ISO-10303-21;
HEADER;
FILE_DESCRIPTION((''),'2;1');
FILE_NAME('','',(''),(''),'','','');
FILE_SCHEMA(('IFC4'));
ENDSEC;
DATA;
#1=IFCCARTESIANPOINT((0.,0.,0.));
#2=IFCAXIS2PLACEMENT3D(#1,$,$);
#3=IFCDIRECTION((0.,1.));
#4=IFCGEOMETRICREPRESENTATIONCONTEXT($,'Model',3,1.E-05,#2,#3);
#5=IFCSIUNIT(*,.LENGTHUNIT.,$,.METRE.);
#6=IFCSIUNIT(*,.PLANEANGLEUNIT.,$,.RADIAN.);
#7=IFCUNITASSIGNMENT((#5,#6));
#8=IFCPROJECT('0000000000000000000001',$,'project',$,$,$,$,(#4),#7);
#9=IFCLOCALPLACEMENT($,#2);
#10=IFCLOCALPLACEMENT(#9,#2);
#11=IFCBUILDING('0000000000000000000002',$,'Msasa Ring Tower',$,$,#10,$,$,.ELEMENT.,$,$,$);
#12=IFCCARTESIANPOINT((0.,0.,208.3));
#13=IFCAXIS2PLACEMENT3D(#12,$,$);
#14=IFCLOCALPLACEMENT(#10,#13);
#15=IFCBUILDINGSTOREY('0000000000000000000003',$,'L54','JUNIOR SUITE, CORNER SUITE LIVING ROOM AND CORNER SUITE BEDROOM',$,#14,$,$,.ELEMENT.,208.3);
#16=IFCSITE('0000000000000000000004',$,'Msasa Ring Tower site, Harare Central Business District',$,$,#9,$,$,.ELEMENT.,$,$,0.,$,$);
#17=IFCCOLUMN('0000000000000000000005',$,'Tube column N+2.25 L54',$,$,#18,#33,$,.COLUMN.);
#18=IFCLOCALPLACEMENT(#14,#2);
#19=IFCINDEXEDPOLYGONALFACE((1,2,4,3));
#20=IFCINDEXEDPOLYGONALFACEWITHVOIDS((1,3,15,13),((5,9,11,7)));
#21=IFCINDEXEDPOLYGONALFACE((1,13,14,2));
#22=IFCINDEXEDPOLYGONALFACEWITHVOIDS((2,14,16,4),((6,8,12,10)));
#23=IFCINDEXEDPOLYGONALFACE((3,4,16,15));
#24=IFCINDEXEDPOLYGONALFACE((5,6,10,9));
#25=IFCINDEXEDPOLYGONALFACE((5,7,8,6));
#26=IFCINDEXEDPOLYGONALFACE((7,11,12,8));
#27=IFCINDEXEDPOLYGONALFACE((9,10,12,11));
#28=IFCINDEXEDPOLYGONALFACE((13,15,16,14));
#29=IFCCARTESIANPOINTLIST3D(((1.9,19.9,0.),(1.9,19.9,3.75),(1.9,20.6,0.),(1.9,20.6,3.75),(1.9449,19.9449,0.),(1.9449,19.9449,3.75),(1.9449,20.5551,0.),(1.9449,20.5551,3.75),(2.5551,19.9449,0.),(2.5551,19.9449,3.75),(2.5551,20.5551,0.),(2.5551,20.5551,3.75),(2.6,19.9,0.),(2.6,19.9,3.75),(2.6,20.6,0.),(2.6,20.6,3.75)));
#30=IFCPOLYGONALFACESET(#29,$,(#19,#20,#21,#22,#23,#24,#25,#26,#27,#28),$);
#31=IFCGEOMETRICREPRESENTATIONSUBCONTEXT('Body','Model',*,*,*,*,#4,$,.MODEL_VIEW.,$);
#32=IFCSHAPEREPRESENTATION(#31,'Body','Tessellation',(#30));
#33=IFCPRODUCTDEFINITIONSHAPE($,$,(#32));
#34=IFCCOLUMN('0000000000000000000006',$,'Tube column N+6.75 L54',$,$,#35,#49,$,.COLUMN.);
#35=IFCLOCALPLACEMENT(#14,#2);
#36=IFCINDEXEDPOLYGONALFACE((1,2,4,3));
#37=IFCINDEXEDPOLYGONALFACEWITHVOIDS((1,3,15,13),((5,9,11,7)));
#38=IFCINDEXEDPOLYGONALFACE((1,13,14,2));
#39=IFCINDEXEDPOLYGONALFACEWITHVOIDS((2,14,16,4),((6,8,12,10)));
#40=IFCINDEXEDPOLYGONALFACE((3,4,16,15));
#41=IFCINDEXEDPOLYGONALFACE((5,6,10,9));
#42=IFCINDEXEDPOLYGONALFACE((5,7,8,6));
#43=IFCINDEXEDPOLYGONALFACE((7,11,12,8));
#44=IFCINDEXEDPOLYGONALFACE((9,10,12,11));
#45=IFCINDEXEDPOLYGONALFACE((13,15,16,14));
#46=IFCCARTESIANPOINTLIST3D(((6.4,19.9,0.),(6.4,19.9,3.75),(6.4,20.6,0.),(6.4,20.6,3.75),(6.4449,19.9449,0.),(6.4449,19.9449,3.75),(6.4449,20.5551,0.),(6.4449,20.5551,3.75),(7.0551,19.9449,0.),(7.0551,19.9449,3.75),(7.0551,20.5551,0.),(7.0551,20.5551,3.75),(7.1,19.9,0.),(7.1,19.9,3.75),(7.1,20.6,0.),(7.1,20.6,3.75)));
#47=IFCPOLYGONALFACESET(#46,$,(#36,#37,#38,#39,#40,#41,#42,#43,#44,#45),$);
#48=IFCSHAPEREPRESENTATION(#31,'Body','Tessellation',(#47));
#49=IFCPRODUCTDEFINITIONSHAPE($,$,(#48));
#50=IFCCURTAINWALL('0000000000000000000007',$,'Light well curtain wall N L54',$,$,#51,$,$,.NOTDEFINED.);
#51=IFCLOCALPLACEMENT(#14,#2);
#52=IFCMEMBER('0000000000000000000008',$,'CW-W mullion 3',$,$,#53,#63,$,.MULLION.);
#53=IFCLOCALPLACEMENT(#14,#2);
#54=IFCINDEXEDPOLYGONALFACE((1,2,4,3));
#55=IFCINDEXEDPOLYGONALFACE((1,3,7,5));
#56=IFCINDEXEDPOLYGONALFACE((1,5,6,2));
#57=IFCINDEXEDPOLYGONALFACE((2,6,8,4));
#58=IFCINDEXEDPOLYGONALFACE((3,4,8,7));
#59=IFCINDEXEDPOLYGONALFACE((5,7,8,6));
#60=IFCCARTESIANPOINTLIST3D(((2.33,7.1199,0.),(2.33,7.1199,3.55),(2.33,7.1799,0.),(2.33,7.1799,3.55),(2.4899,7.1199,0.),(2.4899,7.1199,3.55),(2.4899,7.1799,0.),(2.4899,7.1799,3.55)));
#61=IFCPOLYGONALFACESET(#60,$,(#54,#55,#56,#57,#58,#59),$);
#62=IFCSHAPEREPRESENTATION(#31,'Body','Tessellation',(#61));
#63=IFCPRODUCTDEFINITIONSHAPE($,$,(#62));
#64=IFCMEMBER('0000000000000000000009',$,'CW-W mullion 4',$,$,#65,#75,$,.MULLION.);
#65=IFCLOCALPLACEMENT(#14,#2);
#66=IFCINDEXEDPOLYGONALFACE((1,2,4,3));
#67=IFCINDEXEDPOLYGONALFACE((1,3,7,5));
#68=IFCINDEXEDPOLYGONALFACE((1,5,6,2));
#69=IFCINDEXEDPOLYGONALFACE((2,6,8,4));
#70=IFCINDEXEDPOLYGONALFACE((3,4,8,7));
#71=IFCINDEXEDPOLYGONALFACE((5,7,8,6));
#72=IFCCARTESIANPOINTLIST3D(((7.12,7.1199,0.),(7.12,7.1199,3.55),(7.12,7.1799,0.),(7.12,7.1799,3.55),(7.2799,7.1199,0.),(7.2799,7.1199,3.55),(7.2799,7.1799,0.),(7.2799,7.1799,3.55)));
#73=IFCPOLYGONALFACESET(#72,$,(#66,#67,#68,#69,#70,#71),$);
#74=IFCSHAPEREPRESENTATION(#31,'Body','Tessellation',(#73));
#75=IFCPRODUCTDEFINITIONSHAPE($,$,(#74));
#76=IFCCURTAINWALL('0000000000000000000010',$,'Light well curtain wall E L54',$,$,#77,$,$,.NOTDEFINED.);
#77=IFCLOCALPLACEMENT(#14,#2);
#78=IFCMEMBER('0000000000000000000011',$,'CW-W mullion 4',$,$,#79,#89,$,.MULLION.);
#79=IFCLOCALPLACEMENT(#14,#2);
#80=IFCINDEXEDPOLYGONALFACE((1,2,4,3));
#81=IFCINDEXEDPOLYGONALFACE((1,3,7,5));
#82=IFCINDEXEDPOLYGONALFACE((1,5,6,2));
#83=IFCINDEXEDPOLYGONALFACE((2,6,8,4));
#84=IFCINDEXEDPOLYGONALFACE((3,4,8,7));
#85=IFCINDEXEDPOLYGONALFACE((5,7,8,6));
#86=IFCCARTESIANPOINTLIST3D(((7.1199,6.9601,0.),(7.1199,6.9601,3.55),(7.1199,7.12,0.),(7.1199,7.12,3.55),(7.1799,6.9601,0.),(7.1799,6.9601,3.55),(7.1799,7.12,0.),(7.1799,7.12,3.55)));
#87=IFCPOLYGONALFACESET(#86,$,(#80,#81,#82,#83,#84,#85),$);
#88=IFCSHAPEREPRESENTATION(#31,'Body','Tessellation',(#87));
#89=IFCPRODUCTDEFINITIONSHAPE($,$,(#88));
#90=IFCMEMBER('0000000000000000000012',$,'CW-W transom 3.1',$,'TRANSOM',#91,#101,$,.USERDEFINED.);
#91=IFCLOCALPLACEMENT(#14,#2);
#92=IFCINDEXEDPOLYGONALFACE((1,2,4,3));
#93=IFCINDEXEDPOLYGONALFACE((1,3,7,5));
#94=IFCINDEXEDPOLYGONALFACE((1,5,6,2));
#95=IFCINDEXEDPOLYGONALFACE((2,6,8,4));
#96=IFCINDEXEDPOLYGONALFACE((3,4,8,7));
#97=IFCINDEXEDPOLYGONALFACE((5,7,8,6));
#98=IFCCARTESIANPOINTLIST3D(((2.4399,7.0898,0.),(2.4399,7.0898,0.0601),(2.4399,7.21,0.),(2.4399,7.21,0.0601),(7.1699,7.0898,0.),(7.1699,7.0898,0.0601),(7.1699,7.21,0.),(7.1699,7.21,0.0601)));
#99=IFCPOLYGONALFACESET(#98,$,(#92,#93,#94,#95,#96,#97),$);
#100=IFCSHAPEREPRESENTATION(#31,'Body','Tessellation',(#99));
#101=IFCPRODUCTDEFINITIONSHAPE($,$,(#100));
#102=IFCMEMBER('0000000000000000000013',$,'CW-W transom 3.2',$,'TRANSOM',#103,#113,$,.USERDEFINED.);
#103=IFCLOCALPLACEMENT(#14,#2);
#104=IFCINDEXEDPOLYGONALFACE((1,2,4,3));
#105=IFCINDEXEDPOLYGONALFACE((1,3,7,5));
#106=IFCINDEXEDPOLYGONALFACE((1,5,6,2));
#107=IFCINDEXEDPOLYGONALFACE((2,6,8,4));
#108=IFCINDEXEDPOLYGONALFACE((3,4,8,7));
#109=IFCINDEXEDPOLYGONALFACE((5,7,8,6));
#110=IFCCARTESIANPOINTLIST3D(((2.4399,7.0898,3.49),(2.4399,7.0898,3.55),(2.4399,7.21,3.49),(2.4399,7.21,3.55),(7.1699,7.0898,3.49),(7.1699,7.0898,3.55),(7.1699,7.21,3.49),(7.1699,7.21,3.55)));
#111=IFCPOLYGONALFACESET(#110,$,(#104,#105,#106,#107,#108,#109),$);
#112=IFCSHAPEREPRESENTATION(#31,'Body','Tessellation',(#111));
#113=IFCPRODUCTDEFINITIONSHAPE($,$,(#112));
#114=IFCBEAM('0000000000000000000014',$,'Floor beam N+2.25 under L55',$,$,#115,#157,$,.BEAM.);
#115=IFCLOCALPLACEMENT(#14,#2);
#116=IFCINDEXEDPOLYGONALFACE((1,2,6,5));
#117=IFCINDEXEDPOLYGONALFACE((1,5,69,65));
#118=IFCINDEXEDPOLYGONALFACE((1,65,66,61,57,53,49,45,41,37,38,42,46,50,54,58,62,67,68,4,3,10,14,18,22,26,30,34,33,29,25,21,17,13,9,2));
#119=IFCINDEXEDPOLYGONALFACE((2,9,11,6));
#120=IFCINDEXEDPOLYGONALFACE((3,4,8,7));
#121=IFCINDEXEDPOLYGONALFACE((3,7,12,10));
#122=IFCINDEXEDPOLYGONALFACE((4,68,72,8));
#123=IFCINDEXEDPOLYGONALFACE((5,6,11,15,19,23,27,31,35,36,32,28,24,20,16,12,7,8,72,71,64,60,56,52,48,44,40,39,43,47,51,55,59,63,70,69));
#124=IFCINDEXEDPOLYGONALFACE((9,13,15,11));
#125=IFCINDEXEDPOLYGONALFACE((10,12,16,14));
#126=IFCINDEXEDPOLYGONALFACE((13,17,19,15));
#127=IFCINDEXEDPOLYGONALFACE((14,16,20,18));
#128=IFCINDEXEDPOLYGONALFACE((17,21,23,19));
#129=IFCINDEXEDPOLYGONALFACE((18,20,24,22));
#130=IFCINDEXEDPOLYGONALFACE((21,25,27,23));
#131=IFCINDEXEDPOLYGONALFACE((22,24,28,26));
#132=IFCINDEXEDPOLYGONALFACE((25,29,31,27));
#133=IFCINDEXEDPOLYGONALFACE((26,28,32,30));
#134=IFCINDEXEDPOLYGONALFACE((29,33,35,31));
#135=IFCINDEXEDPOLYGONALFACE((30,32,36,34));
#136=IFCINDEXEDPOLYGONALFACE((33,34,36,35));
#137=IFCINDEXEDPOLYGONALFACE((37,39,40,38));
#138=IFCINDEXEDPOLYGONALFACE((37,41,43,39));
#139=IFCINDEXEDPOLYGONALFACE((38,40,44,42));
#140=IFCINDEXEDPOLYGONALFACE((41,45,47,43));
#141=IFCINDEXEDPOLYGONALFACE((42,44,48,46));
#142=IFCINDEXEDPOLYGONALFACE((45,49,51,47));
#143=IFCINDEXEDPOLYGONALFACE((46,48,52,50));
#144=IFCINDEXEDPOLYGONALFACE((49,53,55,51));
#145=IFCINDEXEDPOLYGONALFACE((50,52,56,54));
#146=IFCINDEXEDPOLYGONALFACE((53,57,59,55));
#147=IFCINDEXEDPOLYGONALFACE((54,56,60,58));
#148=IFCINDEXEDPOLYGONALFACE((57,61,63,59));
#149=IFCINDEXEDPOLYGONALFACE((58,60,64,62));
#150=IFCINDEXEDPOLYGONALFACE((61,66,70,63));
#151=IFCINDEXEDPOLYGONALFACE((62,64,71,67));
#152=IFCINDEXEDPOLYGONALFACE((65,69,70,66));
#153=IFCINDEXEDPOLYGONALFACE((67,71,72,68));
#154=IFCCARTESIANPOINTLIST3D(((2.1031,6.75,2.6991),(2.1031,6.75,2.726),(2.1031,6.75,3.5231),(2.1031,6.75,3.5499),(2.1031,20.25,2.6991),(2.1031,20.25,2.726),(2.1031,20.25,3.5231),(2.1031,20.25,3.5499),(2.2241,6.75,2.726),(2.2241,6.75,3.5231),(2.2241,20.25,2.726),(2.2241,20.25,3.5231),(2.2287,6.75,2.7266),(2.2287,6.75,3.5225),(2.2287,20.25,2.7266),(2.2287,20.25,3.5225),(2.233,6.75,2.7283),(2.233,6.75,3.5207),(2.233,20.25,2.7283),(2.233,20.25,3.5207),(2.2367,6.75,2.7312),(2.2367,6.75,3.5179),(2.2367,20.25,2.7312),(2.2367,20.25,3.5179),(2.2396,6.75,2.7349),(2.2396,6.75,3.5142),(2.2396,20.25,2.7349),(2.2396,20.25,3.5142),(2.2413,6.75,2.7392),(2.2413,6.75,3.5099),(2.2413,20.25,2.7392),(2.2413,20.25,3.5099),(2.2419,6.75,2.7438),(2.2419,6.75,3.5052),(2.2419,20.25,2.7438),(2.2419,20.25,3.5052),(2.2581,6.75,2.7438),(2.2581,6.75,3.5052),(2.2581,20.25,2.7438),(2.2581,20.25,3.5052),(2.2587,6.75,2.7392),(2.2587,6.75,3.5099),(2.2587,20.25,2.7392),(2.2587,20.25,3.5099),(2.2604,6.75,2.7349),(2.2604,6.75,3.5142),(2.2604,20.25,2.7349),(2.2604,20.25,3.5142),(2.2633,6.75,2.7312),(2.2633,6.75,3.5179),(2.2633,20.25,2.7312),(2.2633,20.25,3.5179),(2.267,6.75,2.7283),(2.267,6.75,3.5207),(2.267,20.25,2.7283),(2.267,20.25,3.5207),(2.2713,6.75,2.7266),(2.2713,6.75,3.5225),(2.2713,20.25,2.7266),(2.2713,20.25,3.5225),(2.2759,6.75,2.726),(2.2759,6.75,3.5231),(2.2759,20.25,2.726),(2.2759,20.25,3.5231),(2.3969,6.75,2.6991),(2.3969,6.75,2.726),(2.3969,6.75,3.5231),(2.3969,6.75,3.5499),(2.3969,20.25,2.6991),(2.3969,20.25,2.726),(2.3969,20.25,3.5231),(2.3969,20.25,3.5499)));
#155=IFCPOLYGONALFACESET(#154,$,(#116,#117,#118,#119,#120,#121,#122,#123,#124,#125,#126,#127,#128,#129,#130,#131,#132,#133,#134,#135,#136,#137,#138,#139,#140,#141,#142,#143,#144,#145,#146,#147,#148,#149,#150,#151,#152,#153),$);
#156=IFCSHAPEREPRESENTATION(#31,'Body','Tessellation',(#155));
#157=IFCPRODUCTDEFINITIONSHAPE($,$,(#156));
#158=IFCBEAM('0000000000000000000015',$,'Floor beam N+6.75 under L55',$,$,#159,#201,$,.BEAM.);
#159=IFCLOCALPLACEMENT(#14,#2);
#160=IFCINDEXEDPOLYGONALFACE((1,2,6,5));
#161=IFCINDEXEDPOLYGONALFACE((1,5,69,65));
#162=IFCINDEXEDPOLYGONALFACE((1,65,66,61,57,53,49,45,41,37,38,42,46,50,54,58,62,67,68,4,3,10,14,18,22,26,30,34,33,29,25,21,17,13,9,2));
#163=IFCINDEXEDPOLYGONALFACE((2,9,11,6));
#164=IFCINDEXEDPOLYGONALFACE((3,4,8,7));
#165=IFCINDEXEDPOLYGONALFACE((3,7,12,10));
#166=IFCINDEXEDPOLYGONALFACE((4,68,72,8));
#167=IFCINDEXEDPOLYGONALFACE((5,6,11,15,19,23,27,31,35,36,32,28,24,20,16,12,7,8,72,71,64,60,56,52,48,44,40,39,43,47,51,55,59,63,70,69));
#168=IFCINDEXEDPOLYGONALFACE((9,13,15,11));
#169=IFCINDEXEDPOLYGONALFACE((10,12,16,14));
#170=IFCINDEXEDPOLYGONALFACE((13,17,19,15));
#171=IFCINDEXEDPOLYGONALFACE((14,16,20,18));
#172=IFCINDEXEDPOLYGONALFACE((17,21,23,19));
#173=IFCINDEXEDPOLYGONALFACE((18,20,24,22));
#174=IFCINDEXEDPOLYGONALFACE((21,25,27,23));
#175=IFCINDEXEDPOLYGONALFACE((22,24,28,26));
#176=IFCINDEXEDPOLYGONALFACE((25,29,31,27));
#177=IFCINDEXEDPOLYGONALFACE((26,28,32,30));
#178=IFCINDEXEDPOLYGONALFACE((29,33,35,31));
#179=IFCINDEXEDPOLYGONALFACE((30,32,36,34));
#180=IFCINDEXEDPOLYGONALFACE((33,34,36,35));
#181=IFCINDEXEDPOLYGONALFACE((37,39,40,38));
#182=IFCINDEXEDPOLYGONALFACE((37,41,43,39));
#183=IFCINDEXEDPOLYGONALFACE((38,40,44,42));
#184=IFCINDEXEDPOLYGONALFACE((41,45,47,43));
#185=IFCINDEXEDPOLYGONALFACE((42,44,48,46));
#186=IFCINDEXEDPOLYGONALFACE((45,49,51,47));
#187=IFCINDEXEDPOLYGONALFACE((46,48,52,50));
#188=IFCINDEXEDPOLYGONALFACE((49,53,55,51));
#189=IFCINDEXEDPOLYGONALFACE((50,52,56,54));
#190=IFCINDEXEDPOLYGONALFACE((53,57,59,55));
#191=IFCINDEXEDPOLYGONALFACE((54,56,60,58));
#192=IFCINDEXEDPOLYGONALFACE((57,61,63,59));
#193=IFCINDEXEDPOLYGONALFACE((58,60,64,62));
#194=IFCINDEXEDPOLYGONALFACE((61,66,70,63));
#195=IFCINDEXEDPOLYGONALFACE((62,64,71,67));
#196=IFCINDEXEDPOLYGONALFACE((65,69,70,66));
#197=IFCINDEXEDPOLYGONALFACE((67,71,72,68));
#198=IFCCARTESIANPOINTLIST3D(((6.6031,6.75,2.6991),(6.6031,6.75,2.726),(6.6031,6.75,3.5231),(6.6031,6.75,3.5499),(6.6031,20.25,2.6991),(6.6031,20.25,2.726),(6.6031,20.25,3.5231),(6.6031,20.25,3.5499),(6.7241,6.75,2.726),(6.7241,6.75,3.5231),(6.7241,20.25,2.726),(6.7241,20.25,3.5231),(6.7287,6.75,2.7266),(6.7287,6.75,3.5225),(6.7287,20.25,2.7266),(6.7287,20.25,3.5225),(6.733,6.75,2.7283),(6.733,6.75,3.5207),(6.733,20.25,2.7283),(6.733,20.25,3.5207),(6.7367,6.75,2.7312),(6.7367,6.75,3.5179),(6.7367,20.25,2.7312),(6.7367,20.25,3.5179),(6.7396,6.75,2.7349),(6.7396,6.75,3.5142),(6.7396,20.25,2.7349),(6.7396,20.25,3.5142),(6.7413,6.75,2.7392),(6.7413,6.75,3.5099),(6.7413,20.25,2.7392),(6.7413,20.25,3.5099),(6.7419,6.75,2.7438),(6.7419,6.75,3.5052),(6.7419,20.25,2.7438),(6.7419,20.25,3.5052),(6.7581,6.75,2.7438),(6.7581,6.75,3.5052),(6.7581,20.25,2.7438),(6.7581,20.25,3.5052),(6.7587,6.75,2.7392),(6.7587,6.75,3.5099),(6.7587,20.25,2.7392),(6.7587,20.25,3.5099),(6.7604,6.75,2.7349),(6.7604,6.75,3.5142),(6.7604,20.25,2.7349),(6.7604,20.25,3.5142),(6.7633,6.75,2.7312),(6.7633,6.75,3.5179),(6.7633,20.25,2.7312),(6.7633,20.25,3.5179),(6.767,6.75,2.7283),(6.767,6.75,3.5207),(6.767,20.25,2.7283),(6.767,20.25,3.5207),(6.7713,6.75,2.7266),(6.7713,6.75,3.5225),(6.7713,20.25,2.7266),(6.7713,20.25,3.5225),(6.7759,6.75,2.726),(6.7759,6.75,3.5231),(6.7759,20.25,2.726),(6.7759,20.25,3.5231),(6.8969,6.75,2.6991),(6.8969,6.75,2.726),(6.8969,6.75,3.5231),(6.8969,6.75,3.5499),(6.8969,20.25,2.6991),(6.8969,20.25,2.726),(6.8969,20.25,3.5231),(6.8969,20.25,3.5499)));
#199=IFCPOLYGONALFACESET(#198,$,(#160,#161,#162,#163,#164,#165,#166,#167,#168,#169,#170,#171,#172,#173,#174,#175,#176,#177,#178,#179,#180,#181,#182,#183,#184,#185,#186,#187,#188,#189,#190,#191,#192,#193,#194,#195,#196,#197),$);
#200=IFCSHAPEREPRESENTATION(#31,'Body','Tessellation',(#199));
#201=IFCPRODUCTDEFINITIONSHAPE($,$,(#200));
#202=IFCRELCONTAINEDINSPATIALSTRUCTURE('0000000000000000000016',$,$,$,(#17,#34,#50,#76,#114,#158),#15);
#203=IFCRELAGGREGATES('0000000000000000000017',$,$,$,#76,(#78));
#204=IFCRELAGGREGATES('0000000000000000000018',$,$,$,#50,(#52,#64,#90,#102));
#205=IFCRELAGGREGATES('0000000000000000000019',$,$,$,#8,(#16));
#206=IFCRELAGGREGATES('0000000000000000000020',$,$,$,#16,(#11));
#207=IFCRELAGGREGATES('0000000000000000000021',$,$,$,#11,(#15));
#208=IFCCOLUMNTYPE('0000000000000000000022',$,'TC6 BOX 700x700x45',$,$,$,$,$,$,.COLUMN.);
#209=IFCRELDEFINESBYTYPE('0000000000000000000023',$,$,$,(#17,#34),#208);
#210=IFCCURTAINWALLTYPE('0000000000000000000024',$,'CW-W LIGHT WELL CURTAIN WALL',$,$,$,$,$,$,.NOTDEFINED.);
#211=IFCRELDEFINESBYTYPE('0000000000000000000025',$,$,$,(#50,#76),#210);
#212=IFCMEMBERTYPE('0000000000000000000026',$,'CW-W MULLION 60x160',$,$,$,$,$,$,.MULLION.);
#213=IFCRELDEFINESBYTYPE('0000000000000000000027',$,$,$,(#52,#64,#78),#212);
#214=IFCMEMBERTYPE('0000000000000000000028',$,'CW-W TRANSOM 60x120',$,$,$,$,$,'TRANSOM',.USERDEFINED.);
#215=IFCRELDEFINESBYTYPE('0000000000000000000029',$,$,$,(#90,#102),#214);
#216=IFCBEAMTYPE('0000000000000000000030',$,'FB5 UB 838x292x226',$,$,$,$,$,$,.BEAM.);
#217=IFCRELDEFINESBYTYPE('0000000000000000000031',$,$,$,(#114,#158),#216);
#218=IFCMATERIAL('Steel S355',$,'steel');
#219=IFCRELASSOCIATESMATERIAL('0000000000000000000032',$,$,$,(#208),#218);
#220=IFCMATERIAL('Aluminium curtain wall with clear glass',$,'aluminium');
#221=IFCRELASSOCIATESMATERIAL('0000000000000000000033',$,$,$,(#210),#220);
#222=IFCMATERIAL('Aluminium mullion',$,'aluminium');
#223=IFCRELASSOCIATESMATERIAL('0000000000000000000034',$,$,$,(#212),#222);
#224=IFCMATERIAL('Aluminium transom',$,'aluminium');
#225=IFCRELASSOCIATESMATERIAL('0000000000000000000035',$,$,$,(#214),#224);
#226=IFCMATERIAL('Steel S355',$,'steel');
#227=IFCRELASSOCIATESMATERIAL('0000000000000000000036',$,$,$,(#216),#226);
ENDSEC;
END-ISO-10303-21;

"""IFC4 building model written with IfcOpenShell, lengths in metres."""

from ifc_helpers import new_model, si_unit, direction, frame, origin, origin_2d, place, context, subcontext, project, spatial, rectangle, hollow_rectangle, i_section, extrude, material, material_profile, profile_set, type_object, element, aggregate, save


model = new_model("IFC4")

# Units and contexts
model_context = context("Model", 3, precision=1e-05, world=origin(), true_north=direction((0.0, 1.0)))
body_context = subcontext(model_context, "Body", "Model", "MODEL_VIEW")
ifc_project = project(units=[si_unit("LENGTHUNIT", "METRE"), si_unit("PLANEANGLEUNIT", "RADIAN")], contexts=[model_context])

# Site, building, storey
site_placement = place(None, origin())
site = spatial("IfcSite", under=ifc_project, at=site_placement, Name="Msasa Ring Tower site, Harare Central Business District", CompositionType="ELEMENT", RefElevation=0.0)
building_placement = place(site_placement, origin())
building = spatial("IfcBuilding", under=site, at=building_placement, Name="Msasa Ring Tower", CompositionType="ELEMENT")
storey_placement = place(building_placement, frame((0.0, 0.0, 208.3)))
storey = spatial("IfcBuildingStorey", under=building, at=storey_placement, Name="L54", Description="JUNIOR SUITE, CORNER SUITE LIVING ROOM AND CORNER SUITE BEDROOM", CompositionType="ELEMENT", Elevation=208.3)

# Columns
ifc_material_1 = material(Name="Steel S355", Category="steel")
ifc_material_profile_1 = material_profile(ifc_material_1, hollow_rectangle(XDim=0.7, YDim=0.7, WallThickness=0.0449, at=origin_2d()), Name="BOX 700x700x45")
ifc_profile_set_1 = profile_set([ifc_material_profile_1], Name="Steel S355")
column_type = type_object("IfcColumnType", Name="TC6 BOX 700x700x45", PredefinedType="COLUMN", material=ifc_profile_set_1)
for number, where, z_axis, x_axis, name in (
    (1, (2.25, 20.25, 0.0), (0.0, 0.0, 1.0), (0.0, 1.0, 0.0), "Tube column N+2.25 L54"),
    (2, (6.75, 20.25, 0.0), (0.0, 0.0, 1.0), (0.0, 1.0, 0.0), "Tube column N+6.75 L54"),
):
    element("IfcColumn", number, at=place(storey_placement, frame(where, z_axis=z_axis, x_axis=x_axis)), inside=storey, type_object=column_type, Name=name, PredefinedType="COLUMN", context=body_context, shape_type="SweptSolid", body=[
        extrude(hollow_rectangle(XDim=0.7, YDim=0.7, WallThickness=0.0449, at=origin_2d()), origin(), (0.0, 0.0, 1.0), 3.75),
    ])

# Curtain wall, members
ifc_material_2 = material(Name="Aluminium curtain wall with clear glass", Category="aluminium")
curtain_wall_type = type_object("IfcCurtainWallType", Name="CW-W LIGHT WELL CURTAIN WALL", PredefinedType="NOTDEFINED", material=ifc_material_2)
curtain_wall_1_placement = place(storey_placement, origin())
curtain_wall_1 = element("IfcCurtainWall", 3, at=curtain_wall_1_placement, inside=storey, type_object=curtain_wall_type, Name="Light well curtain wall N L54", PredefinedType="NOTDEFINED")
ifc_material_3 = material(Name="Aluminium mullion", Category="aluminium")
ifc_material_profile_2 = material_profile(ifc_material_3, rectangle(XDim=0.0601, YDim=0.1599, at=origin_2d()), Name="AL 60x160")
ifc_profile_set_2 = profile_set([ifc_material_profile_2], Name="Aluminium mullion")
member_type_1 = type_object("IfcMemberType", Name="CW-W MULLION 60x160", PredefinedType="MULLION", material=ifc_profile_set_2)
member_1_placement = place(storey_placement, frame((2.4099, 7.1499, 0.0), z_axis=(0.0, 0.0, 1.0), x_axis=(0.0, 1.0, 0.0)))
member_1 = element("IfcMember", 4, at=member_1_placement, type_object=member_type_1, Name="CW-W mullion 3", PredefinedType="MULLION", context=body_context, shape_type="SweptSolid", body=[
    extrude(rectangle(XDim=0.0601, YDim=0.1599, at=origin_2d()), origin(), (0.0, 0.0, 1.0), 3.55),
])
member_2_placement = place(storey_placement, frame((7.2, 7.1499, 0.0), z_axis=(0.0, 0.0, 1.0), x_axis=(0.0, 1.0, 0.0)))
member_2 = element("IfcMember", 5, at=member_2_placement, type_object=member_type_1, Name="CW-W mullion 4", PredefinedType="MULLION", context=body_context, shape_type="SweptSolid", body=[
    extrude(rectangle(XDim=0.0601, YDim=0.1599, at=origin_2d()), origin(), (0.0, 0.0, 1.0), 3.55),
])

# Curtain wall, member
curtain_wall_2_placement = place(storey_placement, origin())
curtain_wall_2 = element("IfcCurtainWall", 6, at=curtain_wall_2_placement, inside=storey, type_object=curtain_wall_type, Name="Light well curtain wall E L54", PredefinedType="NOTDEFINED")
member_3_placement = place(storey_placement, frame((7.1499, 7.04, 0.0), z_axis=(0.0, 0.0, 1.0), x_axis=(-1.0, 0.0, 0.0)))
member_3 = element("IfcMember", 7, at=member_3_placement, type_object=member_type_1, Name="CW-W mullion 4", PredefinedType="MULLION", context=body_context, shape_type="SweptSolid", body=[
    extrude(rectangle(XDim=0.0601, YDim=0.1599, at=origin_2d()), origin(), (0.0, 0.0, 1.0), 3.55),
])
aggregate(curtain_wall_2, [member_3])

# Members
ifc_material_4 = material(Name="Aluminium transom", Category="aluminium")
ifc_material_profile_3 = material_profile(ifc_material_4, rectangle(XDim=0.1201, YDim=0.0601, at=origin_2d()), Name="AL 60x120")
ifc_profile_set_3 = profile_set([ifc_material_profile_3], Name="Aluminium transom")
member_type_2 = type_object("IfcMemberType", Name="CW-W TRANSOM 60x120", ElementType="TRANSOM", PredefinedType="USERDEFINED", material=ifc_profile_set_3)
member_4_placement = place(storey_placement, frame((2.4399, 7.1499, 0.03), z_axis=(1.0, 0.0, 0.0), x_axis=(0.0, 1.0, 0.0)))
member_4 = element("IfcMember", 8, at=member_4_placement, type_object=member_type_2, Name="CW-W transom 3.1", ObjectType="TRANSOM", PredefinedType="USERDEFINED", context=body_context, shape_type="SweptSolid", body=[
    extrude(rectangle(XDim=0.1201, YDim=0.0601, at=origin_2d()), origin(), (0.0, 0.0, 1.0), 4.73),
])
member_5_placement = place(storey_placement, frame((2.4399, 7.1499, 3.52), z_axis=(1.0, 0.0, 0.0), x_axis=(0.0, 1.0, 0.0)))
member_5 = element("IfcMember", 9, at=member_5_placement, type_object=member_type_2, Name="CW-W transom 3.2", ObjectType="TRANSOM", PredefinedType="USERDEFINED", context=body_context, shape_type="SweptSolid", body=[
    extrude(rectangle(XDim=0.1201, YDim=0.0601, at=origin_2d()), origin(), (0.0, 0.0, 1.0), 4.73),
])

# Beams
ifc_material_5 = material(Name="Steel S355", Category="steel")
ifc_material_profile_4 = material_profile(ifc_material_5, i_section(OverallWidth=0.2937, OverallDepth=0.8508, WebThickness=0.0161, FlangeThickness=0.0269, FilletRadius=0.0178, at=origin_2d()), Name="UB 838x292x226")
ifc_profile_set_4 = profile_set([ifc_material_profile_4], Name="Steel S355")
beam_type_1 = type_object("IfcBeamType", Name="FB5 UB 838x292x226", PredefinedType="BEAM", material=ifc_profile_set_4)
for number, where, z_axis, x_axis, name in (
    (10, (2.25, 20.25, 3.1245), (0.0, -1.0, 0.0), (1.0, 0.0, 0.0), "Floor beam N+2.25 under L55"),
    (11, (6.75, 20.25, 3.1245), (0.0, -1.0, 0.0), (1.0, 0.0, 0.0), "Floor beam N+6.75 under L55"),
):
    element("IfcBeam", number, at=place(storey_placement, frame(where, z_axis=z_axis, x_axis=x_axis)), inside=storey, type_object=beam_type_1, Name=name, PredefinedType="BEAM", context=body_context, shape_type="SweptSolid", body=[
        extrude(i_section(OverallWidth=0.2937, OverallDepth=0.8508, WebThickness=0.0161, FlangeThickness=0.0269, FilletRadius=0.0178, at=origin_2d()), origin(), (0.0, 0.0, 1.0), 13.5),
    ])

aggregate(curtain_wall_1, [member_1, member_2, member_4, member_5])

save(model, "model.ifc")
